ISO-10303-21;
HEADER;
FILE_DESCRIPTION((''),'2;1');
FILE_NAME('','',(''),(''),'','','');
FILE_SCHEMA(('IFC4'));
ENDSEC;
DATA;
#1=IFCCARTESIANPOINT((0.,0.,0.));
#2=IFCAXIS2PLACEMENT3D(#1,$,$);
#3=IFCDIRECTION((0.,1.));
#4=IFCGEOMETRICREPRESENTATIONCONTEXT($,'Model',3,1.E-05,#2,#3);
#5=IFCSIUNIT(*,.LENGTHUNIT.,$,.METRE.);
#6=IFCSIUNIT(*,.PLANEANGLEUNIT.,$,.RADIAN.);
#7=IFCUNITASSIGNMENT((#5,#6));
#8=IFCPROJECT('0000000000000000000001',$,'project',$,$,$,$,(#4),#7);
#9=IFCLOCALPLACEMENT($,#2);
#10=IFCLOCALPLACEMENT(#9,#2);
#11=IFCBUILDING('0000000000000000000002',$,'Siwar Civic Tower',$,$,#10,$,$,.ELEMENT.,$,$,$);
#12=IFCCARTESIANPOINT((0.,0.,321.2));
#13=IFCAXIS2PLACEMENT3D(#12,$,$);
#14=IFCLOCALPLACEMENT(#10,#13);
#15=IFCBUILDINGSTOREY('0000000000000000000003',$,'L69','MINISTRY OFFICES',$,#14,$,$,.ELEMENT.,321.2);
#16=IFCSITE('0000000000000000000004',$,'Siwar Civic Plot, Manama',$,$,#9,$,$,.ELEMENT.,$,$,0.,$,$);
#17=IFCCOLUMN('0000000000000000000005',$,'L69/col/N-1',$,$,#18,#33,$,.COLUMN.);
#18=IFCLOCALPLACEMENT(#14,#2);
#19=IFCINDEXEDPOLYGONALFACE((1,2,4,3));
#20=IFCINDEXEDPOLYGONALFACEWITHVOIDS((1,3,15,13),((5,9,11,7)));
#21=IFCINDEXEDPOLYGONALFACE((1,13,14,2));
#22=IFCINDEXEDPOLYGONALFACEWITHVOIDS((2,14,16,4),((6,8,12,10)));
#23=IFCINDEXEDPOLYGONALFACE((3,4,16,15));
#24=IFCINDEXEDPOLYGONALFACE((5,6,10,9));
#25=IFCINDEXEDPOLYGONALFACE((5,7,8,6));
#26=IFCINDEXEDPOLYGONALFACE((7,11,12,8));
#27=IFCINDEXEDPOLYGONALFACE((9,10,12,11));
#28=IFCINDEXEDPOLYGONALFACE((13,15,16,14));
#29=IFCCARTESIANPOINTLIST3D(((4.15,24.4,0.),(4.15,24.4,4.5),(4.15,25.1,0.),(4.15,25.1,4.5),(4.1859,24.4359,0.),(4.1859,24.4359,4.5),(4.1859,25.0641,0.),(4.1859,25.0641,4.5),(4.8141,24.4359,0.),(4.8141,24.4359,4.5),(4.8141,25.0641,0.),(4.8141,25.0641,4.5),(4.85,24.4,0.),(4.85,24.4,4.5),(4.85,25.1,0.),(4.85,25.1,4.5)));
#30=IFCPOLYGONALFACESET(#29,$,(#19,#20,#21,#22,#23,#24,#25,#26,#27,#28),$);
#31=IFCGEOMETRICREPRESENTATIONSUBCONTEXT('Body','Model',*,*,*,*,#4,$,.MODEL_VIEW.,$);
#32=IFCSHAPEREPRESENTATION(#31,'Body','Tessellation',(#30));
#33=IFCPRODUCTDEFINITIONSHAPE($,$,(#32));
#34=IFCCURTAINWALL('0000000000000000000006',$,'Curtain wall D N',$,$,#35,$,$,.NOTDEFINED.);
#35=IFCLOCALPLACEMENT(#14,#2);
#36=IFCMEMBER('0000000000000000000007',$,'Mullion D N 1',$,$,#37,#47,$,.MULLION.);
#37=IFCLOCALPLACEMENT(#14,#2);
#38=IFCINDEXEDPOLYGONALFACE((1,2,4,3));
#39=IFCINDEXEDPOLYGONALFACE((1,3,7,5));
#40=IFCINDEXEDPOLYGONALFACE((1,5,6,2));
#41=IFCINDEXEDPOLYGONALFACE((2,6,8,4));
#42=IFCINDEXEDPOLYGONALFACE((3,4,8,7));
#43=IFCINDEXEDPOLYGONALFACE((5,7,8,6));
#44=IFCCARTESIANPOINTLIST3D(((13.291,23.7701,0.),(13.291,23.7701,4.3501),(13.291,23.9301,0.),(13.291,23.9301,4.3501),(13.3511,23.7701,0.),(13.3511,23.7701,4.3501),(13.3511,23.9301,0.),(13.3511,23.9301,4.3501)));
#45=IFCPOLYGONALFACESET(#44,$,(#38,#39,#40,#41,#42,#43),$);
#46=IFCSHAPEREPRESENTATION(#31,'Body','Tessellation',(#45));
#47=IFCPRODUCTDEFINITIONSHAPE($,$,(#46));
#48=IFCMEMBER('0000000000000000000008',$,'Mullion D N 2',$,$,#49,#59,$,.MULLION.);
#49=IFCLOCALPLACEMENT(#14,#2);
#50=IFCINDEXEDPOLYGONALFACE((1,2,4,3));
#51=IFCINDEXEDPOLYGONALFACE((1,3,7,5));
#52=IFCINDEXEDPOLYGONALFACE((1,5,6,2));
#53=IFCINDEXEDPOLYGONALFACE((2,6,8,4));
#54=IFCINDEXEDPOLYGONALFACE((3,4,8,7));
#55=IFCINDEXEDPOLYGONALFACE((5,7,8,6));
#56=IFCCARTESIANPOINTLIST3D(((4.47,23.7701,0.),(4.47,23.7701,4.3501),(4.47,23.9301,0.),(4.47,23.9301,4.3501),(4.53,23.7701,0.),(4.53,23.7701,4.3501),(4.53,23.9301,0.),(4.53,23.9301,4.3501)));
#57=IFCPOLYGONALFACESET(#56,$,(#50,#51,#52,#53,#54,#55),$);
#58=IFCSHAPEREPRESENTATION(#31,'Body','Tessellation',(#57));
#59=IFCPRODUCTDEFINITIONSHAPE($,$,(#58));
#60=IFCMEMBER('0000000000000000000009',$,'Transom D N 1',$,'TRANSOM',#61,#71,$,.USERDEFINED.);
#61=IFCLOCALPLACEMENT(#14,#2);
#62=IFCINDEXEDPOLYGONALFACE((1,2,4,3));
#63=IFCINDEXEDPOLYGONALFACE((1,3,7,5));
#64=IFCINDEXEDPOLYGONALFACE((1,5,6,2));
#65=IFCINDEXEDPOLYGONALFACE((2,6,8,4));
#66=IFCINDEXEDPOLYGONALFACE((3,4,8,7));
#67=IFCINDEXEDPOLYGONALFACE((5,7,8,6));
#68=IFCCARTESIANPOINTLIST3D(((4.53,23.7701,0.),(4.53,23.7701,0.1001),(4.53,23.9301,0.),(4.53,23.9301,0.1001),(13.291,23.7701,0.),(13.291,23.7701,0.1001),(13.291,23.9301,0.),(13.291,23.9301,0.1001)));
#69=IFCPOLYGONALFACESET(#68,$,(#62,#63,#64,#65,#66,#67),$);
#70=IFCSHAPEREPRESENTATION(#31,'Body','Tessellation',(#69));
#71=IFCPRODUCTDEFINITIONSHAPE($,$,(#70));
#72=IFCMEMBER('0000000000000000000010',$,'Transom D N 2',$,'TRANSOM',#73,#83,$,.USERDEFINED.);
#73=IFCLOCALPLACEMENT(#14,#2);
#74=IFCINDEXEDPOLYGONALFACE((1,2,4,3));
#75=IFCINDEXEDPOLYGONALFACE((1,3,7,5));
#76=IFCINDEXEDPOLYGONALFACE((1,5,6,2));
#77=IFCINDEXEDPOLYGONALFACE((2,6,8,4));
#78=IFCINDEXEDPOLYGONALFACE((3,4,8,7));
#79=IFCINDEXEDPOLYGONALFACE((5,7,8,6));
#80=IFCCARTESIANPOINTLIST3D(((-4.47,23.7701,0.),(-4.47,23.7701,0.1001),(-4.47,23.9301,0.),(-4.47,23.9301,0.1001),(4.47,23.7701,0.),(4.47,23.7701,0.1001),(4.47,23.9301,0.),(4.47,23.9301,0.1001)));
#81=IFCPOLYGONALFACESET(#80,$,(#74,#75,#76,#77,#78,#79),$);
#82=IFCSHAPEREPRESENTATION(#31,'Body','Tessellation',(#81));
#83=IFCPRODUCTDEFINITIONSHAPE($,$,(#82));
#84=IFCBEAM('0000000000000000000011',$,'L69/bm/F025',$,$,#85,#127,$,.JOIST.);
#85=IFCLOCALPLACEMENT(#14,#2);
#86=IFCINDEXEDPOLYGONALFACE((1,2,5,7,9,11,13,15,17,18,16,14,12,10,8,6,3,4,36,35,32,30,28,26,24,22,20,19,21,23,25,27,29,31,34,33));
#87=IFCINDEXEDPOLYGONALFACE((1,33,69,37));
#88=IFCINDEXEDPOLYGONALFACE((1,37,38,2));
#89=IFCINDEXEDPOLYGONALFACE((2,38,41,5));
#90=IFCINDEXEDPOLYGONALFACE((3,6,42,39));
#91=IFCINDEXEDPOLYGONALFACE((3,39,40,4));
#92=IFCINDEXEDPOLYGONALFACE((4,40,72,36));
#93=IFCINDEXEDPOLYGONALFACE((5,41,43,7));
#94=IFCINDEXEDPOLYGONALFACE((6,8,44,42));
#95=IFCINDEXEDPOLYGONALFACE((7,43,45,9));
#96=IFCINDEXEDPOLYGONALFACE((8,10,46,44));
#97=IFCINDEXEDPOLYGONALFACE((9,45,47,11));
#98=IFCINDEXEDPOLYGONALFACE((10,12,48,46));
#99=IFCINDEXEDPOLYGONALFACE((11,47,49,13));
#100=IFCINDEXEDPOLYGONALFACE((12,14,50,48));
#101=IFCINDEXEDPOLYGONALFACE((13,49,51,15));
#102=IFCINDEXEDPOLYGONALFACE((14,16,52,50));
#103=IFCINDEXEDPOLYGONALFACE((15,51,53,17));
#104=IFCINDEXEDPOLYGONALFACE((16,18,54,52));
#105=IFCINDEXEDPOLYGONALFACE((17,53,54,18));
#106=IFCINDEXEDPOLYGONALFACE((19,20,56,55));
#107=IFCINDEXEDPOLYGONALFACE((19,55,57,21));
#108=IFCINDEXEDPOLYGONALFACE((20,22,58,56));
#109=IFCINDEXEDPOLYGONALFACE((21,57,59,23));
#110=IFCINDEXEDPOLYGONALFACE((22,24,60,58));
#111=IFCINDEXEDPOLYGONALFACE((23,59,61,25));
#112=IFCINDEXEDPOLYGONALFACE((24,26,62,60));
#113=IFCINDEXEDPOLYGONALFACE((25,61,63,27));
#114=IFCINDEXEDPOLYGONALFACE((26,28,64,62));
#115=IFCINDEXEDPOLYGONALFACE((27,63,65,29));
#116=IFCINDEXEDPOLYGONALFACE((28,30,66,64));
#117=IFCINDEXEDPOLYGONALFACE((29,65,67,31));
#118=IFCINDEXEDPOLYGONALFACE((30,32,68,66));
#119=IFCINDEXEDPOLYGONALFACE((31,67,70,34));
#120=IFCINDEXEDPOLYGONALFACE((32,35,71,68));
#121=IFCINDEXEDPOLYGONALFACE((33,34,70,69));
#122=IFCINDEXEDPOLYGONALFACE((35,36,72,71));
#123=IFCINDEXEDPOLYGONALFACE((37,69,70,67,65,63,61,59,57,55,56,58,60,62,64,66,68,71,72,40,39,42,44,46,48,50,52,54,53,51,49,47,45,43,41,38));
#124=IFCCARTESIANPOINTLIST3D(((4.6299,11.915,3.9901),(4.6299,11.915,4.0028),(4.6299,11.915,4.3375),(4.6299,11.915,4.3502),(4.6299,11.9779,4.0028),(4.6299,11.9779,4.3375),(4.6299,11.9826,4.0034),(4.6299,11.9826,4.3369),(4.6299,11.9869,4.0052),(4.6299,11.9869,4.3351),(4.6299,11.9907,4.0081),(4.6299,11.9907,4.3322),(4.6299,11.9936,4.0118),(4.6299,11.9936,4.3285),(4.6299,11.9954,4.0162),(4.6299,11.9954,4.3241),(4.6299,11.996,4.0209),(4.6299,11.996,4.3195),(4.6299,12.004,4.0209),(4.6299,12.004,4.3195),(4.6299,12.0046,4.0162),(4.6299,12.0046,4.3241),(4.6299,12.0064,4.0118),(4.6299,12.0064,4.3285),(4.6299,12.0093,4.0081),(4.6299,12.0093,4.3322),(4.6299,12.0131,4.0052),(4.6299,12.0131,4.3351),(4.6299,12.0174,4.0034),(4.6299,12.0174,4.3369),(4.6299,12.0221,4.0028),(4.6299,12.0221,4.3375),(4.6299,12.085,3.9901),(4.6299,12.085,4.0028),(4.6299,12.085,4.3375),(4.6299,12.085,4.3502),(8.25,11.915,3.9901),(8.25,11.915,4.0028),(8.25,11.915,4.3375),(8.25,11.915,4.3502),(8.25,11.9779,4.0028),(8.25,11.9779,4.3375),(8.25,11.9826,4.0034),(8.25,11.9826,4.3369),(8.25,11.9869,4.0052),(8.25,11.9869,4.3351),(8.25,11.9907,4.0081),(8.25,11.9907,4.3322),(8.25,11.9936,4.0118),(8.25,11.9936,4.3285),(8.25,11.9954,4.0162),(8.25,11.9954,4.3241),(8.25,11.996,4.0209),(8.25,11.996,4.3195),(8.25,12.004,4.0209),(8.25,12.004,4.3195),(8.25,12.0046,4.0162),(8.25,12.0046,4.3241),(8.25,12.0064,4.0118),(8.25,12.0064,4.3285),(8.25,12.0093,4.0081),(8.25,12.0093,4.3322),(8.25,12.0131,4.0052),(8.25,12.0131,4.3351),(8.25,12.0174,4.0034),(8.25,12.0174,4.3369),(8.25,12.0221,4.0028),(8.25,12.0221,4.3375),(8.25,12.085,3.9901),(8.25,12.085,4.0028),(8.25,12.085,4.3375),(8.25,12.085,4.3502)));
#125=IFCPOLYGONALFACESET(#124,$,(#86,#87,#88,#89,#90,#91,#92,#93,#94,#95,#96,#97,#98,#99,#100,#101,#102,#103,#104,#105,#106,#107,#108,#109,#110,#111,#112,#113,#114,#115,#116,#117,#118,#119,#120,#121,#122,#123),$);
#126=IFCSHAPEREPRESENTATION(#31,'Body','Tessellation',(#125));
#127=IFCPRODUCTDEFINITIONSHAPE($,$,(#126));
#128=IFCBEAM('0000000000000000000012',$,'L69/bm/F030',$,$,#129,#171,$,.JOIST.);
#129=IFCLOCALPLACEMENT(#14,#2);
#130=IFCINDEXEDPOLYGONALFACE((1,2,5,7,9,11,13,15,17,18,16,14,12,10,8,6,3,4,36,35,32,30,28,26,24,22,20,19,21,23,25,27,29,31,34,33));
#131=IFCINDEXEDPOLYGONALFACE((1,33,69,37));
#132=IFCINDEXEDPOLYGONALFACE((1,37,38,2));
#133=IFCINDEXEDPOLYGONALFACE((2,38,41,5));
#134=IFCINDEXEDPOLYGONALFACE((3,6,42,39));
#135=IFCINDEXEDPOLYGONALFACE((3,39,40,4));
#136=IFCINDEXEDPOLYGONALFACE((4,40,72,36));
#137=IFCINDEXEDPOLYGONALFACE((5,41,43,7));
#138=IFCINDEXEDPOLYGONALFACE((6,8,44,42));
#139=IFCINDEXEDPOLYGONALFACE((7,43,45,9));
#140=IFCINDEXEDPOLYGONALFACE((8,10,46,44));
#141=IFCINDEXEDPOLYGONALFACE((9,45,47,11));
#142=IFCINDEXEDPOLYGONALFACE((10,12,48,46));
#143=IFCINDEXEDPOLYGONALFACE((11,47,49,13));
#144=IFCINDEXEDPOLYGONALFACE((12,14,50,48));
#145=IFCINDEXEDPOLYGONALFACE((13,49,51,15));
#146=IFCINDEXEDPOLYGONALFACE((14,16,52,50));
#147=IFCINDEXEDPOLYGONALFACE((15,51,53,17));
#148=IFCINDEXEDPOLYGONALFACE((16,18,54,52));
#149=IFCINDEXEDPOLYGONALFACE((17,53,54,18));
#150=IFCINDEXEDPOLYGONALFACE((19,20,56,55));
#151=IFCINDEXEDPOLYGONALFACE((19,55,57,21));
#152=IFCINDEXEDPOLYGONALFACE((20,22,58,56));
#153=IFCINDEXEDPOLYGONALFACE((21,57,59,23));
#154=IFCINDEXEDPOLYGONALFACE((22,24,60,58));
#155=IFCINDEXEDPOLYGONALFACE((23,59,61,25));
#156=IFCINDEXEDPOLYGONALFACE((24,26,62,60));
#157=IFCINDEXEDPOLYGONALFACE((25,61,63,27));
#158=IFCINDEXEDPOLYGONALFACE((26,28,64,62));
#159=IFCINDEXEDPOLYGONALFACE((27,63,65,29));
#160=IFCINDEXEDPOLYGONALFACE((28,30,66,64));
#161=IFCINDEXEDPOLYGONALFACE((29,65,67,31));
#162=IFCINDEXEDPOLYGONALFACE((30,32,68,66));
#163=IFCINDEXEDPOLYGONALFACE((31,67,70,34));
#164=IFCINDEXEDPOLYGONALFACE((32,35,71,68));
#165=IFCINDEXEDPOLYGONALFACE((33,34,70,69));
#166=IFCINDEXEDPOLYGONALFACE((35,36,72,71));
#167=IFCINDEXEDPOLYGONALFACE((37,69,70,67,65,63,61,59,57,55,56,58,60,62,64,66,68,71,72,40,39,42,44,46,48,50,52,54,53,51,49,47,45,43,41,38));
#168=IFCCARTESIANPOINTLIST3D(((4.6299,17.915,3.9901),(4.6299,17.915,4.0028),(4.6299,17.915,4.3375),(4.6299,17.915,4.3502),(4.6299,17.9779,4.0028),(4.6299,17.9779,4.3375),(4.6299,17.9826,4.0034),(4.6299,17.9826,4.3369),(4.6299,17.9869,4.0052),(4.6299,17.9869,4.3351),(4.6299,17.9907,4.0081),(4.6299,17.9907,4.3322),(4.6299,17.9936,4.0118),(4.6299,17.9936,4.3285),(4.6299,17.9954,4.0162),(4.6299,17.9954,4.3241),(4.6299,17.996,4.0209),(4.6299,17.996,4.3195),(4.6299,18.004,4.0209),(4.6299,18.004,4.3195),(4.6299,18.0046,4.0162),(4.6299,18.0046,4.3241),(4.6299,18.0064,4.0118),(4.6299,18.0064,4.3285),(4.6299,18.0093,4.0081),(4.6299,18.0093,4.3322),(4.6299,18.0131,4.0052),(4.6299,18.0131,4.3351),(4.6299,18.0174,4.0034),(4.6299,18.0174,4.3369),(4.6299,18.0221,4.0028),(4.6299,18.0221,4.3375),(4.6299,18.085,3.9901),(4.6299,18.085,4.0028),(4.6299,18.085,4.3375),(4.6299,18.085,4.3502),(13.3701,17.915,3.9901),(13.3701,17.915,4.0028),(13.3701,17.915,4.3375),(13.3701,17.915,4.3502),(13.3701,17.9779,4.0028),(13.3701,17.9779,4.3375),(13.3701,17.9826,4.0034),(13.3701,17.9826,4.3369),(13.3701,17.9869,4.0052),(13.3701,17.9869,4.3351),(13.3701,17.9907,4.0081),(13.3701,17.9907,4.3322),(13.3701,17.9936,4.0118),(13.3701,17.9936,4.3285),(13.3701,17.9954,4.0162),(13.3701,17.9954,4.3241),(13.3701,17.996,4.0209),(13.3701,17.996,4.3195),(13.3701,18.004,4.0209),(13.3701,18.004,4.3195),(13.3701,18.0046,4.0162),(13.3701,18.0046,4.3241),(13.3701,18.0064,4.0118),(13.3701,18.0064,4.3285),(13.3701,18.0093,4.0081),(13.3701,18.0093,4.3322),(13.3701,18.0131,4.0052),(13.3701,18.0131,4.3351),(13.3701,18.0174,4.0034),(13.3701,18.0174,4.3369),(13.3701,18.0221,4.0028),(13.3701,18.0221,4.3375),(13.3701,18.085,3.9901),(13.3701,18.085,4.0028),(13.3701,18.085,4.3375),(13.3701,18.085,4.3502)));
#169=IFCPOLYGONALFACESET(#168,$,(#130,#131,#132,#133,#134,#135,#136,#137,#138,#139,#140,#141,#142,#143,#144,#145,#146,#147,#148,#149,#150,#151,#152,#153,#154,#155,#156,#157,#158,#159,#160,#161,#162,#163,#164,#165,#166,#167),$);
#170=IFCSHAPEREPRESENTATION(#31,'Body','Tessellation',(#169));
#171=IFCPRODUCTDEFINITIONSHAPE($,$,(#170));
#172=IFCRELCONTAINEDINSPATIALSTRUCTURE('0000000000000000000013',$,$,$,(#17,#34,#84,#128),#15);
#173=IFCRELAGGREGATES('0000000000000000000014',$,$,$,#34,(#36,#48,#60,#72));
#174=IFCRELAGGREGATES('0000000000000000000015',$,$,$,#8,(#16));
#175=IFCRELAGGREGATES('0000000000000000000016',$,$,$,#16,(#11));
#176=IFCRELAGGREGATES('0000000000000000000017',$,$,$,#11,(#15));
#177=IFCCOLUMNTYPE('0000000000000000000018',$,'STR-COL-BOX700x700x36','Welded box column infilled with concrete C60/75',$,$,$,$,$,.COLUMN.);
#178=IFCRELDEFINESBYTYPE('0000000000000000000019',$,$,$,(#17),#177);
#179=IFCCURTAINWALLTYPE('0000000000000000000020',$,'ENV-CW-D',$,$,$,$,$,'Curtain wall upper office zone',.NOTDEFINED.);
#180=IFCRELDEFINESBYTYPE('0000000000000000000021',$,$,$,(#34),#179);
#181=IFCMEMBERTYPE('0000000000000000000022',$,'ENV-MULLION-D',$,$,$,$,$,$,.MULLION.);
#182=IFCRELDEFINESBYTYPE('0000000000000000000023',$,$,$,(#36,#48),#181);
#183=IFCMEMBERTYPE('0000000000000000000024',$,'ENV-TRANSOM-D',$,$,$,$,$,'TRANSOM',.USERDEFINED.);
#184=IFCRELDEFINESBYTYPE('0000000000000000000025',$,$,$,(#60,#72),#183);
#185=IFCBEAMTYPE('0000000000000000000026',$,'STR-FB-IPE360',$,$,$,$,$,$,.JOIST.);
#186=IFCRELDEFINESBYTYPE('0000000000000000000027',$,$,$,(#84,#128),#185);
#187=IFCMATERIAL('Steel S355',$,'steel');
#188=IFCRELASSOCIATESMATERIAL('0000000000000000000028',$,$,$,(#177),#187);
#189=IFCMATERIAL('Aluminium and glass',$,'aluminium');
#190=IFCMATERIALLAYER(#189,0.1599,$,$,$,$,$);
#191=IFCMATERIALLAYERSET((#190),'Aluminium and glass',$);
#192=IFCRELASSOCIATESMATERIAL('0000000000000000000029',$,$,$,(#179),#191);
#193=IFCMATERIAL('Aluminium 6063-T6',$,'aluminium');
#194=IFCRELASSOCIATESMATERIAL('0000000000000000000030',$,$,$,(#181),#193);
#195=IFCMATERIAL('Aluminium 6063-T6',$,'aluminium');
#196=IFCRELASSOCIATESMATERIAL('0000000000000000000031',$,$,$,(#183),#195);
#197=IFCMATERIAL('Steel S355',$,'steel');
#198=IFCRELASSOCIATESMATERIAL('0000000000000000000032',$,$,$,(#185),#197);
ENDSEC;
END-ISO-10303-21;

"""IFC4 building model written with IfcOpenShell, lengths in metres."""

from ifc_helpers import new_model, si_unit, direction, frame, origin, origin_2d, place, context, subcontext, project, spatial, rectangle, hollow_rectangle, i_section, extrude, material, layer, layer_set, material_profile, profile_set, type_object, element, aggregate, save


model = new_model("IFC4")

# Units and contexts
model_context = context("Model", 3, precision=1e-05, world=origin(), true_north=direction((0.0, 1.0)))
body_context = subcontext(model_context, "Body", "Model", "MODEL_VIEW")
ifc_project = project(units=[si_unit("LENGTHUNIT", "METRE"), si_unit("PLANEANGLEUNIT", "RADIAN")], contexts=[model_context])

# Site, building, storey
site_placement = place(None, origin())
site = spatial("IfcSite", under=ifc_project, at=site_placement, Name="Siwar Civic Plot, Manama", CompositionType="ELEMENT", RefElevation=0.0)
building_placement = place(site_placement, origin())
building = spatial("IfcBuilding", under=site, at=building_placement, Name="Siwar Civic Tower", CompositionType="ELEMENT")
storey_placement = place(building_placement, frame((0.0, 0.0, 321.2)))
storey = spatial("IfcBuildingStorey", under=building, at=storey_placement, Name="L69", Description="MINISTRY OFFICES", CompositionType="ELEMENT", Elevation=321.2)

# Column
ifc_material_1 = material(Name="Steel S355", Category="steel")
ifc_material_profile_1 = material_profile(ifc_material_1, hollow_rectangle(XDim=0.7, YDim=0.7, WallThickness=0.0359, at=origin_2d()), Name="BOX700x700x36")
ifc_profile_set_1 = profile_set([ifc_material_profile_1], Name="Steel S355")
column_type = type_object("IfcColumnType", Name="STR-COL-BOX700x700x36", Description="Welded box column infilled with concrete C60/75", PredefinedType="COLUMN", material=ifc_profile_set_1)
column_placement = place(storey_placement, frame((4.5, 24.75, 0.0), z_axis=(0.0, 0.0, 1.0), x_axis=(1.0, 0.0, 0.0)))
element("IfcColumn", 1, at=column_placement, inside=storey, type_object=column_type, Name="L69/col/N-1", PredefinedType="COLUMN", context=body_context, shape_type="SweptSolid", body=[
    extrude(hollow_rectangle(XDim=0.7, YDim=0.7, WallThickness=0.0359, at=origin_2d()), origin(), (0.0, 0.0, 1.0), 4.5),
])

# Curtain wall, members
ifc_material_2 = material(Name="Aluminium and glass", Category="aluminium")
ifc_layer_1 = layer(ifc_material_2, 0.1599)
ifc_layer_set_1 = layer_set([ifc_layer_1], Name="Aluminium and glass")
curtain_wall_type = type_object("IfcCurtainWallType", Name="ENV-CW-D", ElementType="Curtain wall upper office zone", PredefinedType="NOTDEFINED", material=ifc_layer_set_1)
curtain_wall_placement = place(storey_placement, origin())
curtain_wall = element("IfcCurtainWall", 2, at=curtain_wall_placement, inside=storey, type_object=curtain_wall_type, Name="Curtain wall D N", PredefinedType="NOTDEFINED")
ifc_material_3 = material(Name="Aluminium 6063-T6", Category="aluminium")
ifc_material_profile_2 = material_profile(ifc_material_3, rectangle(XDim=0.1599, YDim=0.0601, at=origin_2d()), Name="AL 160x60")
ifc_profile_set_2 = profile_set([ifc_material_profile_2], Name="Aluminium 6063-T6")
member_type_1 = type_object("IfcMemberType", Name="ENV-MULLION-D", PredefinedType="MULLION", material=ifc_profile_set_2)
member_1_placement = place(storey_placement, frame((13.321, 23.8501, 0.0), z_axis=(0.0, 0.0, 1.0), x_axis=(0.0, -1.0, 0.0)))
member_1 = element("IfcMember", 3, at=member_1_placement, type_object=member_type_1, Name="Mullion D N 1", PredefinedType="MULLION", context=body_context, shape_type="SweptSolid", body=[
    extrude(rectangle(XDim=0.1599, YDim=0.0601, at=origin_2d()), origin(), (0.0, 0.0, 1.0), 4.3501),
])
member_2_placement = place(storey_placement, frame((4.5, 23.8501, 0.0), z_axis=(0.0, 0.0, 1.0), x_axis=(0.0, -1.0, 0.0)))
member_2 = element("IfcMember", 4, at=member_2_placement, type_object=member_type_1, Name="Mullion D N 2", PredefinedType="MULLION", context=body_context, shape_type="SweptSolid", body=[
    extrude(rectangle(XDim=0.1599, YDim=0.0601, at=origin_2d()), origin(), (0.0, 0.0, 1.0), 4.3501),
])
ifc_material_4 = material(Name="Aluminium 6063-T6", Category="aluminium")
ifc_material_profile_3 = material_profile(ifc_material_4, rectangle(XDim=0.1599, YDim=0.1001, at=origin_2d()), Name="AL 160x100")
ifc_profile_set_3 = profile_set([ifc_material_profile_3], Name="Aluminium 6063-T6")
member_type_2 = type_object("IfcMemberType", Name="ENV-TRANSOM-D", ElementType="TRANSOM", PredefinedType="USERDEFINED", material=ifc_profile_set_3)
member_3_placement = place(storey_placement, frame((13.291, 23.8501, 0.05), z_axis=(-1.0, 0.0, 0.0), x_axis=(0.0, -1.0, 0.0)))
member_3 = element("IfcMember", 5, at=member_3_placement, type_object=member_type_2, Name="Transom D N 1", ObjectType="TRANSOM", PredefinedType="USERDEFINED", context=body_context, shape_type="SweptSolid", body=[
    extrude(rectangle(XDim=0.1599, YDim=0.1001, at=origin_2d()), origin(), (0.0, 0.0, 1.0), 8.761),
])
member_4_placement = place(storey_placement, frame((4.47, 23.8501, 0.05), z_axis=(-1.0, 0.0, 0.0), x_axis=(0.0, -1.0, 0.0)))
member_4 = element("IfcMember", 6, at=member_4_placement, type_object=member_type_2, Name="Transom D N 2", ObjectType="TRANSOM", PredefinedType="USERDEFINED", context=body_context, shape_type="SweptSolid", body=[
    extrude(rectangle(XDim=0.1599, YDim=0.1001, at=origin_2d()), origin(), (0.0, 0.0, 1.0), 8.9399),
])

# Beams
ifc_material_5 = material(Name="Steel S355", Category="steel")
ifc_material_profile_4 = material_profile(ifc_material_5, i_section(OverallWidth=0.1699, OverallDepth=0.3601, WebThickness=0.0081, FlangeThickness=0.0127, FilletRadius=0.0181, at=origin_2d()), Name="IPE360")
ifc_profile_set_4 = profile_set([ifc_material_profile_4], Name="Steel S355")
beam_type_1 = type_object("IfcBeamType", Name="STR-FB-IPE360", PredefinedType="JOIST", material=ifc_profile_set_4)
beam_1_placement = place(storey_placement, frame((4.6299, 12.0, 4.1702), z_axis=(1.0, 0.0, 0.0), x_axis=(0.0, 1.0, 0.0)))
element("IfcBeam", 7, at=beam_1_placement, inside=storey, type_object=beam_type_1, Name="L69/bm/F025", PredefinedType="JOIST", context=body_context, shape_type="SweptSolid", body=[
    extrude(i_section(OverallWidth=0.1699, OverallDepth=0.3601, WebThickness=0.0081, FlangeThickness=0.0127, FilletRadius=0.0181, at=origin_2d()), origin(), (0.0, 0.0, 1.0), 3.6201),
])
for number, where, z_axis, x_axis, name in (
    (8, (4.6299, 18.0, 4.1702), (1.0, 0.0, 0.0), (0.0, 1.0, 0.0), "L69/bm/F030"),
):
    element("IfcBeam", number, at=place(storey_placement, frame(where, z_axis=z_axis, x_axis=x_axis)), inside=storey, type_object=beam_type_1, Name=name, PredefinedType="JOIST", context=body_context, shape_type="SweptSolid", body=[
        extrude(i_section(OverallWidth=0.1699, OverallDepth=0.3601, WebThickness=0.0081, FlangeThickness=0.0127, FilletRadius=0.0181, at=origin_2d()), origin(), (0.0, 0.0, 1.0), 8.7402),
    ])

aggregate(curtain_wall, [member_1, member_2, member_3, member_4])

save(model, "model.ifc")
